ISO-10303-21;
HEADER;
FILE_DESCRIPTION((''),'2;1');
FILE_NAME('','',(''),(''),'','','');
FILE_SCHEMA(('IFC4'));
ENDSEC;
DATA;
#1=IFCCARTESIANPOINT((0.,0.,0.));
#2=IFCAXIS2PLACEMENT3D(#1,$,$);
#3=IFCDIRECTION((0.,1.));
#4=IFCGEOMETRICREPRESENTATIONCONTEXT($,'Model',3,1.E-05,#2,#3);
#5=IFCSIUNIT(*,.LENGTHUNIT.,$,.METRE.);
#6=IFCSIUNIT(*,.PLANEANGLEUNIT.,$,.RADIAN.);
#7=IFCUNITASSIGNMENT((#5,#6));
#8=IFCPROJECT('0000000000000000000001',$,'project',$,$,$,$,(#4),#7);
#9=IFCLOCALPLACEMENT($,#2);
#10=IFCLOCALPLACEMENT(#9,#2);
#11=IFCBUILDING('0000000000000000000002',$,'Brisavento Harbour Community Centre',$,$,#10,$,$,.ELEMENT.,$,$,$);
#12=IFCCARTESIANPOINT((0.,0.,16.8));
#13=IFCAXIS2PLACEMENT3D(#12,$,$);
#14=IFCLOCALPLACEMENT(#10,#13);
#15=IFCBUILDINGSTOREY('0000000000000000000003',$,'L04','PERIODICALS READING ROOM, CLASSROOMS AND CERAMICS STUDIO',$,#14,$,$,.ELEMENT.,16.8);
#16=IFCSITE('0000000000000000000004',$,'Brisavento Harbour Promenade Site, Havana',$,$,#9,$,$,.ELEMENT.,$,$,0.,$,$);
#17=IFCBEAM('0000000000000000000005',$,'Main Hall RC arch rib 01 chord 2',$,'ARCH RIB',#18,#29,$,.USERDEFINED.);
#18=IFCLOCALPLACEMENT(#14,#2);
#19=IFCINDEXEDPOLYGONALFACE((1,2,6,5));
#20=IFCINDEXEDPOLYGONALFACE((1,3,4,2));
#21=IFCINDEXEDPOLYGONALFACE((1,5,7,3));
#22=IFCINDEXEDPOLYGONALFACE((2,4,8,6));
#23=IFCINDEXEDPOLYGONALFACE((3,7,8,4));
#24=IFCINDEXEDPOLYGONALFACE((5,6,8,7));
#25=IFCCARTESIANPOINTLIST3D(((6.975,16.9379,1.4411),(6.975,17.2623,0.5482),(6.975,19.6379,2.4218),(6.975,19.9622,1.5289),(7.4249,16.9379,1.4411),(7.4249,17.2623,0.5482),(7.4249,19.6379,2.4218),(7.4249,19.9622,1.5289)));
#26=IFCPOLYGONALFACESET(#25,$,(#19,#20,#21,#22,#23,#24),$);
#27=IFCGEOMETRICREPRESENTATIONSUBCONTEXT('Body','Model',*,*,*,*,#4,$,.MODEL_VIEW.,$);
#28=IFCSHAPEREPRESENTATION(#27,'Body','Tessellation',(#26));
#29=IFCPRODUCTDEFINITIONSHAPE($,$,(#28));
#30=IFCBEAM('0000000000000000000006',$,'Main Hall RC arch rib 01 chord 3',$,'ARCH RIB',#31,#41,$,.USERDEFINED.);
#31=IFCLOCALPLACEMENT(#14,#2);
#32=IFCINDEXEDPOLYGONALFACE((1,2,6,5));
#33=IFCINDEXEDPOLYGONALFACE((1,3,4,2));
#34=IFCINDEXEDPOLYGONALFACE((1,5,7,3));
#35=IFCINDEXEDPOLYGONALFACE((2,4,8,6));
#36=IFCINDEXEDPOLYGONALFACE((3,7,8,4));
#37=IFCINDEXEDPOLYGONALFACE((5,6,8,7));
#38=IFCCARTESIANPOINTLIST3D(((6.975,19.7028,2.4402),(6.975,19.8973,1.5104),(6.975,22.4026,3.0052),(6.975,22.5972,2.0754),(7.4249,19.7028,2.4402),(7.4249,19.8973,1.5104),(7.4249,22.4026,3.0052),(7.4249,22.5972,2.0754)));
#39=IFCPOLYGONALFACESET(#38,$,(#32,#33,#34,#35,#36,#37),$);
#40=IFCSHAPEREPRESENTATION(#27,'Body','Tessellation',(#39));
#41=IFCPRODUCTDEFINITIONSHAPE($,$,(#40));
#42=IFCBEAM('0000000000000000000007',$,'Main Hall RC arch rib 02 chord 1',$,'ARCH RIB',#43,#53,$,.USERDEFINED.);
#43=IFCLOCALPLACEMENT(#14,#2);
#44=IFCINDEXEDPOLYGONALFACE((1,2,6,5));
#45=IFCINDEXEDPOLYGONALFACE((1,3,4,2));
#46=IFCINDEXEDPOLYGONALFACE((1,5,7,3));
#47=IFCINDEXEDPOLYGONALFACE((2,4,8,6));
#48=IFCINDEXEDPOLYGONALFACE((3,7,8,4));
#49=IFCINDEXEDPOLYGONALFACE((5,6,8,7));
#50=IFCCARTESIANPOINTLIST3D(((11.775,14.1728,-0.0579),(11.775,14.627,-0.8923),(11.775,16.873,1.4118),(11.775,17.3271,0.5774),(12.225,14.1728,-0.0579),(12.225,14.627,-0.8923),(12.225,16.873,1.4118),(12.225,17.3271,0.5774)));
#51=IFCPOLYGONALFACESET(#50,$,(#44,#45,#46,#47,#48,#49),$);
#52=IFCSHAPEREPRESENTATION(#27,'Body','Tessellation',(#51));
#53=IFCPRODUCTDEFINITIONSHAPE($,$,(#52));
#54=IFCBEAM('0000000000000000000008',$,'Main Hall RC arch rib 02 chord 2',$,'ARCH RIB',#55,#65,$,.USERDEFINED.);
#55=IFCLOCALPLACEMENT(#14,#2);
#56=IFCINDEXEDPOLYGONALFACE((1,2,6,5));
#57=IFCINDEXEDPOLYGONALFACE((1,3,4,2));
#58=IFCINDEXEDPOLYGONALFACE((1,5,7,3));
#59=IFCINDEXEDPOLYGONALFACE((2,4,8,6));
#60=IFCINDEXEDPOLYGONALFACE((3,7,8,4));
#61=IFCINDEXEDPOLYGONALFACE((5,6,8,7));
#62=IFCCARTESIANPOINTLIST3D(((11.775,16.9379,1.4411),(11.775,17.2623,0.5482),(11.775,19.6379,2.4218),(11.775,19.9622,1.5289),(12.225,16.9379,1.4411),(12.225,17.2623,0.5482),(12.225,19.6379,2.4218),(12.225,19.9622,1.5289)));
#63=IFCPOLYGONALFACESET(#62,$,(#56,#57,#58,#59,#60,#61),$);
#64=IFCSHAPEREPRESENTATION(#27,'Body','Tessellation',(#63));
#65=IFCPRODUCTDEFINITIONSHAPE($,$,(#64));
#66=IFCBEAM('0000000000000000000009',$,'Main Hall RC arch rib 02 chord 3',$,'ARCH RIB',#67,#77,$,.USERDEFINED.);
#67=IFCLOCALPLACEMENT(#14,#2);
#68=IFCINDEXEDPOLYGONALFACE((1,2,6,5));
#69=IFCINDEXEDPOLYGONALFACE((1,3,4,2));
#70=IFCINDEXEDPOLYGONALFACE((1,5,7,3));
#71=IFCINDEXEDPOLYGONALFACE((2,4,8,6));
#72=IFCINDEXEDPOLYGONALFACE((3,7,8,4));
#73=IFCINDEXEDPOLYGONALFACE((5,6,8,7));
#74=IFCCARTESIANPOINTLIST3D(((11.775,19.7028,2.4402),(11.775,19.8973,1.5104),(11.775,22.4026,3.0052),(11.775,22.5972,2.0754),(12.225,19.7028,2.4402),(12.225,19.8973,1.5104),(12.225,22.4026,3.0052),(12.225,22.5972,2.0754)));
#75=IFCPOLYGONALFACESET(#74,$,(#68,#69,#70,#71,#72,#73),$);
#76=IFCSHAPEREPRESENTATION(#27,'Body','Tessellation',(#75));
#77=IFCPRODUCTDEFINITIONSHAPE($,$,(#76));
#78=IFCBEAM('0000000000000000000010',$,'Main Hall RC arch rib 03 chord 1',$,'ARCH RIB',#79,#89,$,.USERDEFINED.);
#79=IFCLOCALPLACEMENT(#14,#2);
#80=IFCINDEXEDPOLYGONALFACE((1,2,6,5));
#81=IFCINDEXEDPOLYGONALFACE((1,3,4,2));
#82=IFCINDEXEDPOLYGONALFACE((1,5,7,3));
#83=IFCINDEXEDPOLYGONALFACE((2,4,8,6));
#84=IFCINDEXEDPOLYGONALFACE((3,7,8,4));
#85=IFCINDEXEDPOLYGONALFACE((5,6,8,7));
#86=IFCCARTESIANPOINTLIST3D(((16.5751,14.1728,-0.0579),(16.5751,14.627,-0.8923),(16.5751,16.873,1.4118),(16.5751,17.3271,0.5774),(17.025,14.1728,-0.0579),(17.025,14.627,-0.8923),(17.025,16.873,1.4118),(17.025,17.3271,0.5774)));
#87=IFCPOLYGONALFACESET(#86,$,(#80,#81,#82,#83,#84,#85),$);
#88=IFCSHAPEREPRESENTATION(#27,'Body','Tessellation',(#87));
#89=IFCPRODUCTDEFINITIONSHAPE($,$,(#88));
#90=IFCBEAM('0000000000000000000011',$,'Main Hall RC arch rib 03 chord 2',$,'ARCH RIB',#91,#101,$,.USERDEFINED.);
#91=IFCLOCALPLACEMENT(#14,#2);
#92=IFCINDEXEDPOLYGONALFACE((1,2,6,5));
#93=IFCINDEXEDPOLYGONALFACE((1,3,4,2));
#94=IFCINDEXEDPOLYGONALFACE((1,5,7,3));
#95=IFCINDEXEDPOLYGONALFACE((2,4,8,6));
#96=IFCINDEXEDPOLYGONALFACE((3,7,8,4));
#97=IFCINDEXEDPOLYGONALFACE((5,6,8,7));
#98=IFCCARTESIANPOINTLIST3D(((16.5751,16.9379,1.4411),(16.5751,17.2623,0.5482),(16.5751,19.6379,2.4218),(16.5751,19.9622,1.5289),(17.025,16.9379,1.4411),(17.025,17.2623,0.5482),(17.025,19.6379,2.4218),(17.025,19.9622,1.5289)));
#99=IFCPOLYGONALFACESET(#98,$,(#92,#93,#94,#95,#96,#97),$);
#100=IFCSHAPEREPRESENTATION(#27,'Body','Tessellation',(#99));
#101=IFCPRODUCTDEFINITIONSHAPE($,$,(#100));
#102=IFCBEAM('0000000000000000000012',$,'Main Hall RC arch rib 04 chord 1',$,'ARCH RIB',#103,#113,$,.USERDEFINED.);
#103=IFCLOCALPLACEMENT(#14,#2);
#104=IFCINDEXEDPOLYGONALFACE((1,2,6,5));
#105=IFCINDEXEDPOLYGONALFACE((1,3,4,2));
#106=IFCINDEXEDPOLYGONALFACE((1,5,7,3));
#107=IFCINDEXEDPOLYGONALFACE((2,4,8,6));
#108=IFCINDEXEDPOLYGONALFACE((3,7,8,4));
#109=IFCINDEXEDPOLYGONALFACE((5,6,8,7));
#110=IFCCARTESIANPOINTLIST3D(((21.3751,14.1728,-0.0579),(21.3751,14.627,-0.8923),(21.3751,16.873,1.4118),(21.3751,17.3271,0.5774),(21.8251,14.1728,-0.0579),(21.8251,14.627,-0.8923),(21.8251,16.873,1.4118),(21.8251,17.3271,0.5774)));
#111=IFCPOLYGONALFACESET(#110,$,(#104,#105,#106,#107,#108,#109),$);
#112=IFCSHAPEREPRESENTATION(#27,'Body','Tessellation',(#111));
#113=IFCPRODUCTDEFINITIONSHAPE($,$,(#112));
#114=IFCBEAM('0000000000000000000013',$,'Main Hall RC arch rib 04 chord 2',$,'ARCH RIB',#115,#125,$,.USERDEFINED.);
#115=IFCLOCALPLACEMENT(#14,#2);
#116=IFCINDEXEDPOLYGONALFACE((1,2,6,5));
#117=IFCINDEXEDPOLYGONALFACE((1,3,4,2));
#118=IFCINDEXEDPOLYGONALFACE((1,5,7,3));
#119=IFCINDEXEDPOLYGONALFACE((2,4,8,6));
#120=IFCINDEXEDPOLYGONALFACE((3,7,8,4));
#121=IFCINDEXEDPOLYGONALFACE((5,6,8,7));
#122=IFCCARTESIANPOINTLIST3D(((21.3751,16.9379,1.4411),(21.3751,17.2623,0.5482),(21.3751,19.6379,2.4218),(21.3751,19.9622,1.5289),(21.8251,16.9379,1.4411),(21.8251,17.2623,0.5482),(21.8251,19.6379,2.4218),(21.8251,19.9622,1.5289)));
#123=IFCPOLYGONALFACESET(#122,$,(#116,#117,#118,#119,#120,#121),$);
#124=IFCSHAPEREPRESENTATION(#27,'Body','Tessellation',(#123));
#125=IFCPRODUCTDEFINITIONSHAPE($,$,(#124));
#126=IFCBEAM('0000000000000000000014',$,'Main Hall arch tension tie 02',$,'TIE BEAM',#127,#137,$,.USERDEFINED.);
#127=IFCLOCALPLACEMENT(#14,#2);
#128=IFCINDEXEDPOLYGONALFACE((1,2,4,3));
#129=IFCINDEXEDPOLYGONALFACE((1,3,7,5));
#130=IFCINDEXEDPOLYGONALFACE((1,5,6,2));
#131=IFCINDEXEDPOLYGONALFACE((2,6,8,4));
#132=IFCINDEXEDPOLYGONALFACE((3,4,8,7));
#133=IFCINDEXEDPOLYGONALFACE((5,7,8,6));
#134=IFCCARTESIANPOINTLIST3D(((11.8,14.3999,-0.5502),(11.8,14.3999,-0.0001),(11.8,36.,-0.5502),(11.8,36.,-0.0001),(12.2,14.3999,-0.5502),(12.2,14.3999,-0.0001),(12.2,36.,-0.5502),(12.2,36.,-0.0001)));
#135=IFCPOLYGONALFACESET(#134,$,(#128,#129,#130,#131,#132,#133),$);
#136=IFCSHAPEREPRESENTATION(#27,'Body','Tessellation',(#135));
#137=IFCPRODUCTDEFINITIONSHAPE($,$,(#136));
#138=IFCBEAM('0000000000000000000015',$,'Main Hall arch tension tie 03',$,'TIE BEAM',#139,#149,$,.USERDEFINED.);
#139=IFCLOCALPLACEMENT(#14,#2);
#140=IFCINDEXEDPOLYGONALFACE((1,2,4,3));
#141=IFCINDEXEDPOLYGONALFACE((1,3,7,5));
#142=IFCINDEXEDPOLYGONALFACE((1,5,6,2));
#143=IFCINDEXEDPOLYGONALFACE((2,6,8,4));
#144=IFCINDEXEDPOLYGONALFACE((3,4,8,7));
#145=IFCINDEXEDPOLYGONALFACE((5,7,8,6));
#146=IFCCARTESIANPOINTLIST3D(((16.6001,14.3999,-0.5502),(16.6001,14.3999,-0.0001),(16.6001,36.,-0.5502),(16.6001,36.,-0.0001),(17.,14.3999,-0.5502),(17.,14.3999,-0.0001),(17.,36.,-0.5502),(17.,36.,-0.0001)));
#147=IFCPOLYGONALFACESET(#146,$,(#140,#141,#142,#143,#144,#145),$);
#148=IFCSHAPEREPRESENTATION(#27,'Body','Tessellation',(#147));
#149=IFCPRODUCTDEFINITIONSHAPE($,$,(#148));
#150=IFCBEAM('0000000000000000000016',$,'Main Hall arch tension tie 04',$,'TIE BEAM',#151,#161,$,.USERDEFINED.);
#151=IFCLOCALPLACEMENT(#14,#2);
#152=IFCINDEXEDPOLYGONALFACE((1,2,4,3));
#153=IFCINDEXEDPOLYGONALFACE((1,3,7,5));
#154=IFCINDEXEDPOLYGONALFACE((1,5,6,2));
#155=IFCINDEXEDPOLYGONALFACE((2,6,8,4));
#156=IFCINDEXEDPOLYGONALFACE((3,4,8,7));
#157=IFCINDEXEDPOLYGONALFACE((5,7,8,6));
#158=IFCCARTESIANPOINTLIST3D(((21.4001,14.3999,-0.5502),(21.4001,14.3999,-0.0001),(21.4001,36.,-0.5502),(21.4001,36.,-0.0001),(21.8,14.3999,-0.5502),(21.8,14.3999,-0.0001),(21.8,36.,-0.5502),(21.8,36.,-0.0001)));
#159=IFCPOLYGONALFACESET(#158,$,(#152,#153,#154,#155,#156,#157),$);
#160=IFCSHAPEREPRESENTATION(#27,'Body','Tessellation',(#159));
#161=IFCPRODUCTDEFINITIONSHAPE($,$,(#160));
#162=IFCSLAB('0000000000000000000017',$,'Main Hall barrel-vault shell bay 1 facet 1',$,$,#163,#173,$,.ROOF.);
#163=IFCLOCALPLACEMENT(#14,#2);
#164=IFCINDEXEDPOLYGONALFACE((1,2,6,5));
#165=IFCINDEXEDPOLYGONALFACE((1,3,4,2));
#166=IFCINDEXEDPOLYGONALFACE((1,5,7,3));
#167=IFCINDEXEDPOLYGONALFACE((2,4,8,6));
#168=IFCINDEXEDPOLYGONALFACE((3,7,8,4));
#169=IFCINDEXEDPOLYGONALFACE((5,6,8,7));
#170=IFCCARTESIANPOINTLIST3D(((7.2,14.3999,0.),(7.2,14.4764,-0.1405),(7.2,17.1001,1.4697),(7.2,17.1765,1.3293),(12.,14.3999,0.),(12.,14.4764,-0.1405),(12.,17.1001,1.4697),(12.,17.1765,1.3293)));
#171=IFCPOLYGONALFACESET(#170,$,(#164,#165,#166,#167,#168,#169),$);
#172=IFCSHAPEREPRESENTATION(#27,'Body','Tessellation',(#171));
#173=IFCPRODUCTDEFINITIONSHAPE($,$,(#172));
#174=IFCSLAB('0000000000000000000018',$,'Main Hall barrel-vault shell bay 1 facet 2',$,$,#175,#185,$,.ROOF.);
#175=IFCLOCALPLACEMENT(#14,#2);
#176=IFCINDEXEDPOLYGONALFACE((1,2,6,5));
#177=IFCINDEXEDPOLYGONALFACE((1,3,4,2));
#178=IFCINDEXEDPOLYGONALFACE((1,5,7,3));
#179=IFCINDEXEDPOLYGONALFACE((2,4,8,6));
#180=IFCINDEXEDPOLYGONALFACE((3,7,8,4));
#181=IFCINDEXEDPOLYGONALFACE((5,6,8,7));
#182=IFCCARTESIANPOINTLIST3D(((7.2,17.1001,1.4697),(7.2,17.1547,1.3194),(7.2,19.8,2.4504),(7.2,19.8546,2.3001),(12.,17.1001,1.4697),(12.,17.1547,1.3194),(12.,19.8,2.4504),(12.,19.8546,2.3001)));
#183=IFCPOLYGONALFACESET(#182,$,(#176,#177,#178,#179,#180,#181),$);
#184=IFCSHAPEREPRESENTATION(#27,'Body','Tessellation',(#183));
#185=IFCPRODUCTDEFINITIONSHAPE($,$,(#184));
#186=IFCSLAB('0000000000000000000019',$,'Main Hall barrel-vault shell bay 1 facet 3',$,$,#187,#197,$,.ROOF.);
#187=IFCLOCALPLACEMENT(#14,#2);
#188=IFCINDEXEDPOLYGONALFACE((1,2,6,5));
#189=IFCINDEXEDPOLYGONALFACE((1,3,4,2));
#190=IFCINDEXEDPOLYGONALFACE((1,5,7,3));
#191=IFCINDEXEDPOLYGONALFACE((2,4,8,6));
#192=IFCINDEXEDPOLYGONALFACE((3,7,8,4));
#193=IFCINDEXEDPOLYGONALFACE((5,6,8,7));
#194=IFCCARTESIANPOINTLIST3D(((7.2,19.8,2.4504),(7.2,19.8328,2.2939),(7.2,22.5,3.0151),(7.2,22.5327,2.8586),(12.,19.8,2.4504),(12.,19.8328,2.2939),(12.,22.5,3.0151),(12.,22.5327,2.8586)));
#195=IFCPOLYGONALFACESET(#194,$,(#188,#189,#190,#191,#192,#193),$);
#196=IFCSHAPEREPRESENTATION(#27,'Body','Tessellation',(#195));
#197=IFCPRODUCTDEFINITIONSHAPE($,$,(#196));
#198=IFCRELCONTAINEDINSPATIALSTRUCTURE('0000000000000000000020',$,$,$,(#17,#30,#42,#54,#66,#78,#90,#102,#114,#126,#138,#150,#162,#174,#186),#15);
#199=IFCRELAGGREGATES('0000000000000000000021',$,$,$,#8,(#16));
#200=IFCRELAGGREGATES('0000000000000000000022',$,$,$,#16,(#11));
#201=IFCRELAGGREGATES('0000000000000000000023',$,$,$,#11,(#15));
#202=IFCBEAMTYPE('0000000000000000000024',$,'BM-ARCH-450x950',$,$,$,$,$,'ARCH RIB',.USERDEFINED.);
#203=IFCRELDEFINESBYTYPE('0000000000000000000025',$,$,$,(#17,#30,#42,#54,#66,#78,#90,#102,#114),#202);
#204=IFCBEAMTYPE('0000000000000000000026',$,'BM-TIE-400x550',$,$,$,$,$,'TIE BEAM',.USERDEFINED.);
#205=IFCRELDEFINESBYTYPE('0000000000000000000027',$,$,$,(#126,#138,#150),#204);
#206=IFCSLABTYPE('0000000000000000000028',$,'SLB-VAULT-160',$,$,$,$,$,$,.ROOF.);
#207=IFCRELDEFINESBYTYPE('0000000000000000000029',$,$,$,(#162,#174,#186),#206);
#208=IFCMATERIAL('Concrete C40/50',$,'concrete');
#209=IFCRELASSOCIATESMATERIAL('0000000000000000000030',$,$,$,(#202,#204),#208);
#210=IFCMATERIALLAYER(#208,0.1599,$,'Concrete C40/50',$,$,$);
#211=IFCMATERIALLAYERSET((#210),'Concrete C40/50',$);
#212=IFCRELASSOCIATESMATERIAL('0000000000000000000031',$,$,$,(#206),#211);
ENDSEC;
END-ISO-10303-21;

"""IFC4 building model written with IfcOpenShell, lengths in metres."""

from ifc_helpers import new_model, si_unit, direction, frame, origin, origin_2d, place, context, subcontext, project, spatial, polyline, rectangle, outline, extrude, material, layer, layer_set, material_profile, profile_set, type_object, element, save


model = new_model("IFC4")

# Units and contexts
model_context = context("Model", 3, precision=1e-05, world=origin(), true_north=direction((0.0, 1.0)))
body_context = subcontext(model_context, "Body", "Model", "MODEL_VIEW")
ifc_project = project(units=[si_unit("LENGTHUNIT", "METRE"), si_unit("PLANEANGLEUNIT", "RADIAN")], contexts=[model_context])

# Site, building, storey
site_placement = place(None, origin())
site = spatial("IfcSite", under=ifc_project, at=site_placement, Name="Brisavento Harbour Promenade Site, Havana", CompositionType="ELEMENT", RefElevation=0.0)
building_placement = place(site_placement, origin())
building = spatial("IfcBuilding", under=site, at=building_placement, Name="Brisavento Harbour Community Centre", CompositionType="ELEMENT")
storey_placement = place(building_placement, frame((0.0, 0.0, 16.8)))
storey = spatial("IfcBuildingStorey", under=building, at=storey_placement, Name="L04", Description="PERIODICALS READING ROOM, CLASSROOMS AND CERAMICS STUDIO", CompositionType="ELEMENT", Elevation=16.8)

# Beams
ifc_material = material(Name="Concrete C40/50", Category="concrete")
ifc_material_profile_1 = material_profile(ifc_material, rectangle(XDim=0.45, YDim=0.95, at=origin_2d()), Name="Concrete C40/50")
ifc_profile_set_1 = profile_set([ifc_material_profile_1], Name="Concrete C40/50")
beam_type_1 = type_object("IfcBeamType", Name="BM-ARCH-450x950", ElementType="ARCH RIB", PredefinedType="USERDEFINED", material=ifc_profile_set_1)
beam_1_placement = place(storey_placement, frame((7.2, 17.1001, 0.9946), z_axis=(0.0, 0.939915, 0.341409), x_axis=(-1.0, 0.0, 0.0)))
element("IfcBeam", 1, at=beam_1_placement, inside=storey, type_object=beam_type_1, Name="Main Hall RC arch rib 01 chord 2", ObjectType="ARCH RIB", PredefinedType="USERDEFINED", context=body_context, shape_type="SweptSolid", body=[
    extrude(rectangle(XDim=0.45, YDim=0.95, at=origin_2d()), origin(), (0.0, 0.0, 1.0), 2.8726),
])
beam_2_placement = place(storey_placement, frame((7.2, 19.8, 1.9753), z_axis=(0.0, 0.978803, 0.204806), x_axis=(-1.0, 0.0, 0.0)))
element("IfcBeam", 2, at=beam_2_placement, inside=storey, type_object=beam_type_1, Name="Main Hall RC arch rib 01 chord 3", ObjectType="ARCH RIB", PredefinedType="USERDEFINED", context=body_context, shape_type="SweptSolid", body=[
    extrude(rectangle(XDim=0.45, YDim=0.95, at=origin_2d()), origin(), (0.0, 0.0, 1.0), 2.7583),
])
beam_3_placement = place(storey_placement, frame((12.0, 14.3999, -0.4751), z_axis=(0.0, 0.87832, 0.478073), x_axis=(-1.0, 0.0, 0.0)))
element("IfcBeam", 3, at=beam_3_placement, inside=storey, type_object=beam_type_1, Name="Main Hall RC arch rib 02 chord 1", ObjectType="ARCH RIB", PredefinedType="USERDEFINED", context=body_context, shape_type="SweptSolid", body=[
    extrude(rectangle(XDim=0.45, YDim=0.95, at=origin_2d()), origin(), (0.0, 0.0, 1.0), 3.0742),
])
beam_4_placement = place(storey_placement, frame((12.0, 17.1001, 0.9946), z_axis=(0.0, 0.939915, 0.341409), x_axis=(-1.0, 0.0, 0.0)))
element("IfcBeam", 4, at=beam_4_placement, inside=storey, type_object=beam_type_1, Name="Main Hall RC arch rib 02 chord 2", ObjectType="ARCH RIB", PredefinedType="USERDEFINED", context=body_context, shape_type="SweptSolid", body=[
    extrude(rectangle(XDim=0.45, YDim=0.95, at=origin_2d()), origin(), (0.0, 0.0, 1.0), 2.8726),
])
beam_5_placement = place(storey_placement, frame((12.0, 19.8, 1.9753), z_axis=(0.0, 0.978803, 0.204806), x_axis=(-1.0, 0.0, 0.0)))
element("IfcBeam", 5, at=beam_5_placement, inside=storey, type_object=beam_type_1, Name="Main Hall RC arch rib 02 chord 3", ObjectType="ARCH RIB", PredefinedType="USERDEFINED", context=body_context, shape_type="SweptSolid", body=[
    extrude(rectangle(XDim=0.45, YDim=0.95, at=origin_2d()), origin(), (0.0, 0.0, 1.0), 2.7583),
])
beam_6_placement = place(storey_placement, frame((16.8, 14.3999, -0.4751), z_axis=(0.0, 0.87832, 0.478073), x_axis=(-1.0, 0.0, 0.0)))
element("IfcBeam", 6, at=beam_6_placement, inside=storey, type_object=beam_type_1, Name="Main Hall RC arch rib 03 chord 1", ObjectType="ARCH RIB", PredefinedType="USERDEFINED", context=body_context, shape_type="SweptSolid", body=[
    extrude(rectangle(XDim=0.45, YDim=0.95, at=origin_2d()), origin(), (0.0, 0.0, 1.0), 3.0742),
])
beam_7_placement = place(storey_placement, frame((16.8, 17.1001, 0.9946), z_axis=(0.0, 0.939915, 0.341409), x_axis=(-1.0, 0.0, 0.0)))
element("IfcBeam", 7, at=beam_7_placement, inside=storey, type_object=beam_type_1, Name="Main Hall RC arch rib 03 chord 2", ObjectType="ARCH RIB", PredefinedType="USERDEFINED", context=body_context, shape_type="SweptSolid", body=[
    extrude(rectangle(XDim=0.45, YDim=0.95, at=origin_2d()), origin(), (0.0, 0.0, 1.0), 2.8726),
])
beam_8_placement = place(storey_placement, frame((21.6001, 14.3999, -0.4751), z_axis=(0.0, 0.87832, 0.478073), x_axis=(-1.0, 0.0, 0.0)))
element("IfcBeam", 8, at=beam_8_placement, inside=storey, type_object=beam_type_1, Name="Main Hall RC arch rib 04 chord 1", ObjectType="ARCH RIB", PredefinedType="USERDEFINED", context=body_context, shape_type="SweptSolid", body=[
    extrude(rectangle(XDim=0.45, YDim=0.95, at=origin_2d()), origin(), (0.0, 0.0, 1.0), 3.0742),
])
beam_9_placement = place(storey_placement, frame((21.6001, 17.1001, 0.9946), z_axis=(0.0, 0.939915, 0.341409), x_axis=(-1.0, 0.0, 0.0)))
element("IfcBeam", 9, at=beam_9_placement, inside=storey, type_object=beam_type_1, Name="Main Hall RC arch rib 04 chord 2", ObjectType="ARCH RIB", PredefinedType="USERDEFINED", context=body_context, shape_type="SweptSolid", body=[
    extrude(rectangle(XDim=0.45, YDim=0.95, at=origin_2d()), origin(), (0.0, 0.0, 1.0), 2.8726),
])
ifc_material_profile_2 = material_profile(ifc_material, rectangle(XDim=0.3999, YDim=0.55, at=origin_2d()), Name="Concrete C40/50")
ifc_profile_set_2 = profile_set([ifc_material_profile_2], Name="Concrete C40/50")
beam_type_2 = type_object("IfcBeamType", Name="BM-TIE-400x550", ElementType="TIE BEAM", PredefinedType="USERDEFINED", material=ifc_profile_set_2)
for number, where, z_axis, x_axis, name in (
    (10, (12.0, 14.3999, -0.2751), (0.0, 1.0, 0.0), (-1.0, 0.0, 0.0), "Main Hall arch tension tie 02"),
    (11, (16.8, 14.3999, -0.2751), (0.0, 1.0, 0.0), (-1.0, 0.0, 0.0), "Main Hall arch tension tie 03"),
    (12, (21.6001, 14.3999, -0.2751), (0.0, 1.0, 0.0), (-1.0, 0.0, 0.0), "Main Hall arch tension tie 04"),
):
    element("IfcBeam", number, at=place(storey_placement, frame(where, z_axis=z_axis, x_axis=x_axis)), inside=storey, type_object=beam_type_2, Name=name, ObjectType="TIE BEAM", PredefinedType="USERDEFINED", context=body_context, shape_type="SweptSolid", body=[
        extrude(rectangle(XDim=0.3999, YDim=0.55, at=origin_2d()), origin(), (0.0, 0.0, 1.0), 21.6001),
    ])

# Slabs
ifc_layer = layer(ifc_material, 0.1599, Name="Concrete C40/50")
ifc_layer_set = layer_set([ifc_layer], Name="Concrete C40/50")
slab_type = type_object("IfcSlabType", Name="SLB-VAULT-160", PredefinedType="ROOF", material=ifc_layer_set)
slab_1_placement = place(storey_placement, frame((7.2, 14.3999, 0.0), z_axis=(0.0, -0.478073, 0.87832), x_axis=(1.0, 0.0, 0.0)))
element("IfcSlab", 13, at=slab_1_placement, inside=storey, type_object=slab_type, Name="Main Hall barrel-vault shell bay 1 facet 1", PredefinedType="ROOF", context=body_context, shape_type="SweptSolid", body=[
    extrude(outline(polyline([(0.0, 0.0), (4.8, 0.0), (4.8, 3.0743), (0.0, 3.0743), (0.0, 0.0)])), origin(), (0.0, 0.0, -1.0), 0.1599),
])
slab_2_placement = place(storey_placement, frame((7.2, 17.1001, 1.4697), z_axis=(0.0, -0.341409, 0.939915), x_axis=(1.0, 0.0, 0.0)))
element("IfcSlab", 14, at=slab_2_placement, inside=storey, type_object=slab_type, Name="Main Hall barrel-vault shell bay 1 facet 2", PredefinedType="ROOF", context=body_context, shape_type="SweptSolid", body=[
    extrude(outline(polyline([(0.0, 0.0), (4.8, 0.0), (4.8, 2.8725), (0.0, 2.8725), (0.0, 0.0)])), origin(), (0.0, 0.0, -1.0), 0.1599),
])
slab_3_placement = place(storey_placement, frame((7.2, 19.8, 2.4504), z_axis=(0.0, -0.204721, 0.97882), x_axis=(1.0, 0.0, 0.0)))
element("IfcSlab", 15, at=slab_3_placement, inside=storey, type_object=slab_type, Name="Main Hall barrel-vault shell bay 1 facet 3", PredefinedType="ROOF", context=body_context, shape_type="SweptSolid", body=[
    extrude(outline(polyline([(0.0, 0.0), (4.8, 0.0), (4.8, 2.7584), (0.0, 2.7584), (0.0, 0.0)])), origin(), (0.0, 0.0, -1.0), 0.1599),
])

save(model, "model.ifc")
